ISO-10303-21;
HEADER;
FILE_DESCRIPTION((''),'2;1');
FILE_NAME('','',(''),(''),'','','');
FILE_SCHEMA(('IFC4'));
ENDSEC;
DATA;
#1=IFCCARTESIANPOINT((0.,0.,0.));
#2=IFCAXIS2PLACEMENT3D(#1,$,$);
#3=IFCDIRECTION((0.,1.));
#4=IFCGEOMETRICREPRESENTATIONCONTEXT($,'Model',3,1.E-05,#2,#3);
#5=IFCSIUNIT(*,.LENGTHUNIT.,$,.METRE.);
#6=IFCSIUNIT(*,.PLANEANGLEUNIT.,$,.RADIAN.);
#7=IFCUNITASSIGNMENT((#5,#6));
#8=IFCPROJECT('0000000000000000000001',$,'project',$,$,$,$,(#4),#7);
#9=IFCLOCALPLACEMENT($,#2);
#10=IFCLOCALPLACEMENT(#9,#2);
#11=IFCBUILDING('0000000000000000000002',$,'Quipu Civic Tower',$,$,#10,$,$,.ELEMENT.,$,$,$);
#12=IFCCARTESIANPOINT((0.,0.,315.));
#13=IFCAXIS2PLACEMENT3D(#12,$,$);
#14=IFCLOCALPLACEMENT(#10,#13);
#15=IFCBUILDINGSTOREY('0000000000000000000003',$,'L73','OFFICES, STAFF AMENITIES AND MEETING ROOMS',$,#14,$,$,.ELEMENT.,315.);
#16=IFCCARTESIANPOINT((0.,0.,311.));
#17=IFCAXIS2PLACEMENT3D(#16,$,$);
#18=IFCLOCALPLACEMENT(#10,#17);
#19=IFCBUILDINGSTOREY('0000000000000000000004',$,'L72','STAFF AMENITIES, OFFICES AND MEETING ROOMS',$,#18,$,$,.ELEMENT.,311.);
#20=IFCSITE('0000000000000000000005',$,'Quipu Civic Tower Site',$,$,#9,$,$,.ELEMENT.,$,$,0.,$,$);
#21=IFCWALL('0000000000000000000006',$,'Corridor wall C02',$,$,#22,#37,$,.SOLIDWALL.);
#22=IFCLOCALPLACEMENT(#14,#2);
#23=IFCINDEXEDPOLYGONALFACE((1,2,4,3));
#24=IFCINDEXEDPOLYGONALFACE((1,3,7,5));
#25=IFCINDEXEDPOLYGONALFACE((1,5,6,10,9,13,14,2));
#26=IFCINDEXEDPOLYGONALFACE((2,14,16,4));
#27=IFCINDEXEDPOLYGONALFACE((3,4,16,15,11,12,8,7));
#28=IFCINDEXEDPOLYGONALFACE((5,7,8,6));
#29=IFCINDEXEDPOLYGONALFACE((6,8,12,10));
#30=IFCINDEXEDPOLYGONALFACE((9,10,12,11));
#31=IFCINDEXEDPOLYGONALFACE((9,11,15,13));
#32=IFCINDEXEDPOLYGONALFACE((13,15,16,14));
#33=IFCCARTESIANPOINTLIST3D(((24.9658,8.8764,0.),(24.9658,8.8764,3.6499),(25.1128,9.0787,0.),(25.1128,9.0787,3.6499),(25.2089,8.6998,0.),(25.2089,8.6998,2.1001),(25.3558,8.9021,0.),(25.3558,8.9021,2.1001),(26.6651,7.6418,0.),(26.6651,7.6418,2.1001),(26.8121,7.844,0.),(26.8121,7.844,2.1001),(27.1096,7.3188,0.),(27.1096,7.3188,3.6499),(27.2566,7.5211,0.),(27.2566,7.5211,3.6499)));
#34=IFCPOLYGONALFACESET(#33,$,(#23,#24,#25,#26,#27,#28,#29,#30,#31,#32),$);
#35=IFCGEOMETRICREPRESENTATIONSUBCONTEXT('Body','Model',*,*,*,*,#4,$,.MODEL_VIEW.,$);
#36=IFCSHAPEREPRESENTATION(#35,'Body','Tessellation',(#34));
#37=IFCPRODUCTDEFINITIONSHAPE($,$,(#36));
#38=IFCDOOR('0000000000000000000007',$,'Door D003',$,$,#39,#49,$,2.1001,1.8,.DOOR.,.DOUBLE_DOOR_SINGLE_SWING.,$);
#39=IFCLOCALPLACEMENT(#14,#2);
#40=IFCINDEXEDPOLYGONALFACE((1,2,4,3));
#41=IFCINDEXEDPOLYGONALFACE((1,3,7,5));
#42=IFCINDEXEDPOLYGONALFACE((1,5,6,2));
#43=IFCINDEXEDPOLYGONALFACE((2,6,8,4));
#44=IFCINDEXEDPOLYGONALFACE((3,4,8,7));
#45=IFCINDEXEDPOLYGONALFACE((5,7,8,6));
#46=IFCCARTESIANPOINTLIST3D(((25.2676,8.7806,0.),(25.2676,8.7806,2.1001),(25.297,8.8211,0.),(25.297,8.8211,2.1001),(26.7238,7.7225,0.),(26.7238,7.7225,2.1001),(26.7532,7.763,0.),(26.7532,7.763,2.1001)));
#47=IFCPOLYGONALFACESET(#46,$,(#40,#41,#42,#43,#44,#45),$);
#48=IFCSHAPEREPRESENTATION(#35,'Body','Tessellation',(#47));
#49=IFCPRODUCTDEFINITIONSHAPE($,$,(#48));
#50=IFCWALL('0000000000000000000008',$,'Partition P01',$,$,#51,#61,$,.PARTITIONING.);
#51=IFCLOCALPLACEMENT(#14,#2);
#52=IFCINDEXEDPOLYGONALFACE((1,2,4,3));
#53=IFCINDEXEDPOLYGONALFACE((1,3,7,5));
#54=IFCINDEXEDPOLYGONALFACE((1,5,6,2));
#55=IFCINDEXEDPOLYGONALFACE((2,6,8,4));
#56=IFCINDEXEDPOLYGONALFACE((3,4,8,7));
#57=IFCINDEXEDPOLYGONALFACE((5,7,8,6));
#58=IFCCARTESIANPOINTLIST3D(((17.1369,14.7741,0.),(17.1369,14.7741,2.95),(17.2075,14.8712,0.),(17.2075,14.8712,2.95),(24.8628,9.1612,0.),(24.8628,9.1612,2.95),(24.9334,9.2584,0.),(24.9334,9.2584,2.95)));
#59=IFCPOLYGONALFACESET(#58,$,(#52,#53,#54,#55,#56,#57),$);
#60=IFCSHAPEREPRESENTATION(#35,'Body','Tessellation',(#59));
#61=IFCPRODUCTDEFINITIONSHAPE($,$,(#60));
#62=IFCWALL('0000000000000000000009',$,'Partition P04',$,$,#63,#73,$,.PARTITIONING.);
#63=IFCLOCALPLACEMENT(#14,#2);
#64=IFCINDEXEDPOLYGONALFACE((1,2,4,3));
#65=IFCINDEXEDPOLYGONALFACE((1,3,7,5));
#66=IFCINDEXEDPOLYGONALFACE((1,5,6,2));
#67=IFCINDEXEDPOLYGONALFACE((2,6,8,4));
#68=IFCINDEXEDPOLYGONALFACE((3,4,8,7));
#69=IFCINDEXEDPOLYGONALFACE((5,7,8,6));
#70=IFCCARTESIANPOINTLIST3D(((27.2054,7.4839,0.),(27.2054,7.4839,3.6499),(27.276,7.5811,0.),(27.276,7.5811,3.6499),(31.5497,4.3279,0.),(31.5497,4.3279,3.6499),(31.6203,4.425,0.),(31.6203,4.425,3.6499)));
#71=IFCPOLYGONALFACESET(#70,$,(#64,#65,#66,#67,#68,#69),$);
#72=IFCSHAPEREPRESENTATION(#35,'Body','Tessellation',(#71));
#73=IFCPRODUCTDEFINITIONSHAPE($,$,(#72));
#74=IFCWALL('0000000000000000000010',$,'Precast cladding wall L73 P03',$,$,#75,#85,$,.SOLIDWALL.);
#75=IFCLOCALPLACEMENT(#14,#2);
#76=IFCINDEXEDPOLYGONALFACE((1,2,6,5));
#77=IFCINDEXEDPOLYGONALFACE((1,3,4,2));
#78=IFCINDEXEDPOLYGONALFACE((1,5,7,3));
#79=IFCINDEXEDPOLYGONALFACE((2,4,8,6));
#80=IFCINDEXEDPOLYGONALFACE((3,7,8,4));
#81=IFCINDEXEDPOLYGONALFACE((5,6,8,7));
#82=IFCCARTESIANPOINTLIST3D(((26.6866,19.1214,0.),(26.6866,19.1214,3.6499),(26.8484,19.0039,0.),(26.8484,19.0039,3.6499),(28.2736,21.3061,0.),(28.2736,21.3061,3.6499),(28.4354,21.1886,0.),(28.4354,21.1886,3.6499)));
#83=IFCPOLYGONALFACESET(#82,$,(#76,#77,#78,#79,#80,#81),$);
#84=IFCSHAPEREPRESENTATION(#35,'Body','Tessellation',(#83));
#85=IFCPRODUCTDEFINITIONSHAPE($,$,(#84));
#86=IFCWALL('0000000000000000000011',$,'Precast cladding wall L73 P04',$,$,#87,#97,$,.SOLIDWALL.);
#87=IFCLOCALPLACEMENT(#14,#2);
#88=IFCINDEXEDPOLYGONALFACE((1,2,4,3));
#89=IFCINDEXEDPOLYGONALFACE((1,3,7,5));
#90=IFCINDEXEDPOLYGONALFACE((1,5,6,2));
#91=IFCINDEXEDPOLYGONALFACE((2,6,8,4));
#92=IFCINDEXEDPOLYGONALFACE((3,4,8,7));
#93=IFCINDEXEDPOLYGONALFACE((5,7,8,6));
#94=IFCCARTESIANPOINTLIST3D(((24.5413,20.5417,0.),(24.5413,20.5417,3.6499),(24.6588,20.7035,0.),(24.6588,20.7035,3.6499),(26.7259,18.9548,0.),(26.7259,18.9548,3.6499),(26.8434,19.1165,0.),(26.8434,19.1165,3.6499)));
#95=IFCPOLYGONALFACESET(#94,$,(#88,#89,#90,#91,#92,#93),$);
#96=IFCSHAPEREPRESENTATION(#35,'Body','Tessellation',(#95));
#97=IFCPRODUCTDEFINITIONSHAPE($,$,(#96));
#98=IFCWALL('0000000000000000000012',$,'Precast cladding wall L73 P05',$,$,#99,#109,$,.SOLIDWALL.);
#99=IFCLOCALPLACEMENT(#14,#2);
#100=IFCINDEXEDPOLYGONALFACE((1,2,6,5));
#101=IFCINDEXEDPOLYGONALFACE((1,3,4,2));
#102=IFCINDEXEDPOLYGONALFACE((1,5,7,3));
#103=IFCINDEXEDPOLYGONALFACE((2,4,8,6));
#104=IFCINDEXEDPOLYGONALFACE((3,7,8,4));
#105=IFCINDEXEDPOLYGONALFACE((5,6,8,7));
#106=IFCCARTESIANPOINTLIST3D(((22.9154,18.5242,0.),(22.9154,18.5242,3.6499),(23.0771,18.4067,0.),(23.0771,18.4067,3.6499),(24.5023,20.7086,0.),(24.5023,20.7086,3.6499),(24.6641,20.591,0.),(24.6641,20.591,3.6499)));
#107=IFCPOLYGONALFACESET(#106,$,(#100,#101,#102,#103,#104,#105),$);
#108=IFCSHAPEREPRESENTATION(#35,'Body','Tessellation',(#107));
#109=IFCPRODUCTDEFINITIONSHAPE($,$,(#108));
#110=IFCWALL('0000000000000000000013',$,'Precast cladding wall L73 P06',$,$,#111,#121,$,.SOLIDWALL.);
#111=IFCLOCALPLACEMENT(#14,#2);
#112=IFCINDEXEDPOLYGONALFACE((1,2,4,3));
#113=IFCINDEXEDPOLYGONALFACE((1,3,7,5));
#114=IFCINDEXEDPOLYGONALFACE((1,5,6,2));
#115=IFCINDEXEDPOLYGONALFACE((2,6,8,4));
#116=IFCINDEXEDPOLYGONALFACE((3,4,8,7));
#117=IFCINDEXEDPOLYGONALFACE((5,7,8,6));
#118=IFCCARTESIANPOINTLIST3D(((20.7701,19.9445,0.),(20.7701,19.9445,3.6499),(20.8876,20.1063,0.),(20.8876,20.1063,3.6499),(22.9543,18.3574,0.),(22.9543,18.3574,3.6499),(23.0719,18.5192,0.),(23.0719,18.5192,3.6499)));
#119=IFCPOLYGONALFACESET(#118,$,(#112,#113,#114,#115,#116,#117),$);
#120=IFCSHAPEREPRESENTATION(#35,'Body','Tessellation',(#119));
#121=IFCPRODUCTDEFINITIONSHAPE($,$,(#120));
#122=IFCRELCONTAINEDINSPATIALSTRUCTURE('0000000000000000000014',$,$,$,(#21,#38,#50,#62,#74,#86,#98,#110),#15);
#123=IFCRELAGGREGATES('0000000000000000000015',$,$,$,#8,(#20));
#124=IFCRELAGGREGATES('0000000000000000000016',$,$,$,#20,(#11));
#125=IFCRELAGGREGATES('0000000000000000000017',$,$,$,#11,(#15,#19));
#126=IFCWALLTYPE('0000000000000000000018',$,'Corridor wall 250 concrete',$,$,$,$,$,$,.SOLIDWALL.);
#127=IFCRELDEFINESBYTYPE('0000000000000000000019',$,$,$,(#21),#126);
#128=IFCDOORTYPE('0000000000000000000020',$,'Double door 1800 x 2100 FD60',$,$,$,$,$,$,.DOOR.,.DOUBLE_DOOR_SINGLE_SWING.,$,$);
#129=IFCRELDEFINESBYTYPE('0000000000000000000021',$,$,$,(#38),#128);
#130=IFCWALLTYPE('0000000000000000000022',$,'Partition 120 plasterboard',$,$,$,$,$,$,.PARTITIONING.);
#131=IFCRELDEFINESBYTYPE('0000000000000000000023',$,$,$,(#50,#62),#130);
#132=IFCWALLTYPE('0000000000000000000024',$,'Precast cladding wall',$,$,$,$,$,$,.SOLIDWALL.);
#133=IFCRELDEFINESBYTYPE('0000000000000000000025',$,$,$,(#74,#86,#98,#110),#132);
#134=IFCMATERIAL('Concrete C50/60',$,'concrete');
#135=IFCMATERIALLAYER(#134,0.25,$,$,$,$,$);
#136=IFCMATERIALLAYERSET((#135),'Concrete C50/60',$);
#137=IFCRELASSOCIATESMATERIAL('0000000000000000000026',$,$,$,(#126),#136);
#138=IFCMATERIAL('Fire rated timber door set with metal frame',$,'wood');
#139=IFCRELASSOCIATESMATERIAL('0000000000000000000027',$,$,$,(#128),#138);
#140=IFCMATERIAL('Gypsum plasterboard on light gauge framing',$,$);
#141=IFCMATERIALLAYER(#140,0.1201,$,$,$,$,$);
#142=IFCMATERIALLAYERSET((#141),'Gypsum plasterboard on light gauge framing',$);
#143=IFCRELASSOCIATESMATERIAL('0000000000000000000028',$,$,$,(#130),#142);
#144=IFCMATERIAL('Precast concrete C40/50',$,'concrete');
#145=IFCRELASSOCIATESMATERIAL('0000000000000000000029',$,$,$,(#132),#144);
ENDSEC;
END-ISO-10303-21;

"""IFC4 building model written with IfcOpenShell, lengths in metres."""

from ifc_helpers import new_model, si_unit, direction, frame, frame_2d, origin, place, context, subcontext, project, spatial, rectangle, extrude, material, layer, layer_set, type_object, element, fill, save


model = new_model("IFC4")

# Units and contexts
model_context = context("Model", 3, precision=1e-05, world=origin(), true_north=direction((0.0, 1.0)))
body_context = subcontext(model_context, "Body", "Model", "MODEL_VIEW")
ifc_project = project(units=[si_unit("LENGTHUNIT", "METRE"), si_unit("PLANEANGLEUNIT", "RADIAN")], contexts=[model_context])

# Site, building, storey
site_placement = place(None, origin())
site = spatial("IfcSite", under=ifc_project, at=site_placement, Name="Quipu Civic Tower Site", CompositionType="ELEMENT", RefElevation=0.0)
building_placement = place(site_placement, origin())
building = spatial("IfcBuilding", under=site, at=building_placement, Name="Quipu Civic Tower", CompositionType="ELEMENT")
storey_1_placement = place(building_placement, frame((0.0, 0.0, 315.0)))
storey_1 = spatial("IfcBuildingStorey", under=building, at=storey_1_placement, Name="L73", Description="OFFICES, STAFF AMENITIES AND MEETING ROOMS", CompositionType="ELEMENT", Elevation=315.0)

# Shared definitions
storey_2_placement = place(building_placement, frame((0.0, 0.0, 311.0)))
storey_2 = spatial("IfcBuildingStorey", under=building, at=storey_2_placement, Name="L72", Description="STAFF AMENITIES, OFFICES AND MEETING ROOMS", CompositionType="ELEMENT", Elevation=311.0)

# Wall, opening, door
ifc_material_1 = material(Name="Concrete C50/60", Category="concrete")
ifc_layer_1 = layer(ifc_material_1, 0.25)
ifc_layer_set_1 = layer_set([ifc_layer_1], Name="Concrete C50/60")
wall_type_1 = type_object("IfcWallType", Name="Corridor wall 250 concrete", PredefinedType="SOLIDWALL", material=ifc_layer_set_1)
wall_1_placement = place(storey_1_placement, frame((25.0393, 8.9775, 0.0), z_axis=(0.0, 0.0, 1.0), x_axis=(0.809007, -0.587799, 0.0)))
wall_1 = element("IfcWall", 1, at=wall_1_placement, inside=storey_1, type_object=wall_type_1, Name="Corridor wall C02", PredefinedType="SOLIDWALL", context=body_context, shape_type="SweptSolid", body=[
    extrude(rectangle(XDim=2.6499, YDim=0.25, at=frame_2d((1.325, 0.0))), origin(), (0.0, 0.0, 1.0), 3.6499),
])
opening_placement = place(wall_1_placement, frame((0.3005, 0.0, 0.0)))
opening = element("IfcOpeningElement", 2, at=opening_placement, cuts=wall_1, PredefinedType="OPENING", context=body_context, shape_type="SweptSolid", body=[
    extrude(rectangle(XDim=1.8, YDim=2.1001, at=frame_2d((0.8999, 1.05))), frame((0.0, 0.135, 0.0), z_axis=(0.0, -1.0, 0.0), x_axis=(1.0, 0.0, 0.0)), (0.0, 0.0, 1.0), 0.27),
])
ifc_material_2 = material(Name="Fire rated timber door set with metal frame", Category="wood")
door_type = type_object("IfcDoorType", Name="Double door 1800 x 2100 FD60", OperationType="DOUBLE_DOOR_SINGLE_SWING", PredefinedType="DOOR", material=ifc_material_2)
door_placement = place(opening_placement, origin())
door = element("IfcDoor", 3, at=door_placement, inside=storey_1, type_object=door_type, Name="Door D003", OperationType="DOUBLE_DOOR_SINGLE_SWING", OverallHeight=2.1001, OverallWidth=1.8, PredefinedType="DOOR", context=body_context, shape_type="SweptSolid", body=[
    extrude(rectangle(XDim=1.8, YDim=2.1001, at=frame_2d((0.8999, 1.05))), frame((0.0, 0.0249, 0.0), z_axis=(0.0, -1.0, 0.0), x_axis=(1.0, 0.0, 0.0)), (0.0, 0.0, 1.0), 0.05),
])
fill(opening, door)

# Walls
ifc_material_3 = material(Name="Gypsum plasterboard on light gauge framing")
ifc_layer_2 = layer(ifc_material_3, 0.1201)
ifc_layer_set_2 = layer_set([ifc_layer_2], Name="Gypsum plasterboard on light gauge framing")
wall_type_2 = type_object("IfcWallType", Name="Partition 120 plasterboard", PredefinedType="PARTITIONING", material=ifc_layer_set_2)
wall_2_placement = place(storey_1_placement, frame((24.8982, 9.2097, 0.0), z_axis=(0.0, 0.0, 1.0), x_axis=(-0.809034, 0.587761, 0.0)))
element("IfcWall", 4, at=wall_2_placement, inside=storey_1, type_object=wall_type_2, Name="Partition P01", PredefinedType="PARTITIONING", context=body_context, shape_type="SweptSolid", body=[
    extrude(rectangle(XDim=9.5496, YDim=0.1201, at=frame_2d((4.7749, 0.0))), origin(), (0.0, 0.0, 1.0), 2.95),
])
wall_3_placement = place(storey_1_placement, frame((27.2407, 7.5325, 0.0), z_axis=(0.0, 0.0, 1.0), x_axis=(0.809041, -0.587753, 0.0)))
element("IfcWall", 5, at=wall_3_placement, inside=storey_1, type_object=wall_type_2, Name="Partition P04", PredefinedType="PARTITIONING", context=body_context, shape_type="SweptSolid", body=[
    extrude(rectangle(XDim=5.3696, YDim=0.1201, at=frame_2d((2.6848, 0.0))), origin(), (0.0, 0.0, 1.0), 3.6499),
])
ifc_material_4 = material(Name="Precast concrete C40/50", Category="concrete")
wall_type_3 = type_object("IfcWallType", Name="Precast cladding wall", PredefinedType="SOLIDWALL", material=ifc_material_4)
for number, where, z_axis, x_axis, name in (
    (6, (28.3545, 21.2473, 0.0), (0.0, 0.0, 1.0), (-0.58772, -0.809064, 0.0), "Precast cladding wall L73 P03"),
    (7, (26.7847, 19.0356, 0.0), (0.0, 0.0, 1.0), (-0.809064, 0.58772, 0.0), "Precast cladding wall L73 P04"),
):
    element("IfcWall", number, at=place(storey_1_placement, frame(where, z_axis=z_axis, x_axis=x_axis)), inside=storey_1, type_object=wall_type_3, Name=name, PredefinedType="SOLIDWALL", context=body_context, shape_type="SweptSolid", body=[
        extrude(rectangle(XDim=2.7002, YDim=0.2, at=frame_2d((1.3501, 0.0))), origin(), (0.0, 0.0, 1.0), 3.6499),
    ])
for number, where, z_axis, x_axis, name in (
    (8, (24.5833, 20.6499, 0.0), (0.0, 0.0, 1.0), (-0.587763, -0.809033, 0.0), "Precast cladding wall L73 P05"),
    (9, (23.0132, 18.4382, 0.0), (0.0, 0.0, 1.0), (-0.80899, 0.587822, 0.0), "Precast cladding wall L73 P06"),
):
    element("IfcWall", number, at=place(storey_1_placement, frame(where, z_axis=z_axis, x_axis=x_axis)), inside=storey_1, type_object=wall_type_3, Name=name, PredefinedType="SOLIDWALL", context=body_context, shape_type="SweptSolid", body=[
        extrude(rectangle(XDim=2.7, YDim=0.2, at=frame_2d((1.3501, 0.0))), origin(), (0.0, 0.0, 1.0), 3.6499),
    ])

save(model, "model.ifc")
